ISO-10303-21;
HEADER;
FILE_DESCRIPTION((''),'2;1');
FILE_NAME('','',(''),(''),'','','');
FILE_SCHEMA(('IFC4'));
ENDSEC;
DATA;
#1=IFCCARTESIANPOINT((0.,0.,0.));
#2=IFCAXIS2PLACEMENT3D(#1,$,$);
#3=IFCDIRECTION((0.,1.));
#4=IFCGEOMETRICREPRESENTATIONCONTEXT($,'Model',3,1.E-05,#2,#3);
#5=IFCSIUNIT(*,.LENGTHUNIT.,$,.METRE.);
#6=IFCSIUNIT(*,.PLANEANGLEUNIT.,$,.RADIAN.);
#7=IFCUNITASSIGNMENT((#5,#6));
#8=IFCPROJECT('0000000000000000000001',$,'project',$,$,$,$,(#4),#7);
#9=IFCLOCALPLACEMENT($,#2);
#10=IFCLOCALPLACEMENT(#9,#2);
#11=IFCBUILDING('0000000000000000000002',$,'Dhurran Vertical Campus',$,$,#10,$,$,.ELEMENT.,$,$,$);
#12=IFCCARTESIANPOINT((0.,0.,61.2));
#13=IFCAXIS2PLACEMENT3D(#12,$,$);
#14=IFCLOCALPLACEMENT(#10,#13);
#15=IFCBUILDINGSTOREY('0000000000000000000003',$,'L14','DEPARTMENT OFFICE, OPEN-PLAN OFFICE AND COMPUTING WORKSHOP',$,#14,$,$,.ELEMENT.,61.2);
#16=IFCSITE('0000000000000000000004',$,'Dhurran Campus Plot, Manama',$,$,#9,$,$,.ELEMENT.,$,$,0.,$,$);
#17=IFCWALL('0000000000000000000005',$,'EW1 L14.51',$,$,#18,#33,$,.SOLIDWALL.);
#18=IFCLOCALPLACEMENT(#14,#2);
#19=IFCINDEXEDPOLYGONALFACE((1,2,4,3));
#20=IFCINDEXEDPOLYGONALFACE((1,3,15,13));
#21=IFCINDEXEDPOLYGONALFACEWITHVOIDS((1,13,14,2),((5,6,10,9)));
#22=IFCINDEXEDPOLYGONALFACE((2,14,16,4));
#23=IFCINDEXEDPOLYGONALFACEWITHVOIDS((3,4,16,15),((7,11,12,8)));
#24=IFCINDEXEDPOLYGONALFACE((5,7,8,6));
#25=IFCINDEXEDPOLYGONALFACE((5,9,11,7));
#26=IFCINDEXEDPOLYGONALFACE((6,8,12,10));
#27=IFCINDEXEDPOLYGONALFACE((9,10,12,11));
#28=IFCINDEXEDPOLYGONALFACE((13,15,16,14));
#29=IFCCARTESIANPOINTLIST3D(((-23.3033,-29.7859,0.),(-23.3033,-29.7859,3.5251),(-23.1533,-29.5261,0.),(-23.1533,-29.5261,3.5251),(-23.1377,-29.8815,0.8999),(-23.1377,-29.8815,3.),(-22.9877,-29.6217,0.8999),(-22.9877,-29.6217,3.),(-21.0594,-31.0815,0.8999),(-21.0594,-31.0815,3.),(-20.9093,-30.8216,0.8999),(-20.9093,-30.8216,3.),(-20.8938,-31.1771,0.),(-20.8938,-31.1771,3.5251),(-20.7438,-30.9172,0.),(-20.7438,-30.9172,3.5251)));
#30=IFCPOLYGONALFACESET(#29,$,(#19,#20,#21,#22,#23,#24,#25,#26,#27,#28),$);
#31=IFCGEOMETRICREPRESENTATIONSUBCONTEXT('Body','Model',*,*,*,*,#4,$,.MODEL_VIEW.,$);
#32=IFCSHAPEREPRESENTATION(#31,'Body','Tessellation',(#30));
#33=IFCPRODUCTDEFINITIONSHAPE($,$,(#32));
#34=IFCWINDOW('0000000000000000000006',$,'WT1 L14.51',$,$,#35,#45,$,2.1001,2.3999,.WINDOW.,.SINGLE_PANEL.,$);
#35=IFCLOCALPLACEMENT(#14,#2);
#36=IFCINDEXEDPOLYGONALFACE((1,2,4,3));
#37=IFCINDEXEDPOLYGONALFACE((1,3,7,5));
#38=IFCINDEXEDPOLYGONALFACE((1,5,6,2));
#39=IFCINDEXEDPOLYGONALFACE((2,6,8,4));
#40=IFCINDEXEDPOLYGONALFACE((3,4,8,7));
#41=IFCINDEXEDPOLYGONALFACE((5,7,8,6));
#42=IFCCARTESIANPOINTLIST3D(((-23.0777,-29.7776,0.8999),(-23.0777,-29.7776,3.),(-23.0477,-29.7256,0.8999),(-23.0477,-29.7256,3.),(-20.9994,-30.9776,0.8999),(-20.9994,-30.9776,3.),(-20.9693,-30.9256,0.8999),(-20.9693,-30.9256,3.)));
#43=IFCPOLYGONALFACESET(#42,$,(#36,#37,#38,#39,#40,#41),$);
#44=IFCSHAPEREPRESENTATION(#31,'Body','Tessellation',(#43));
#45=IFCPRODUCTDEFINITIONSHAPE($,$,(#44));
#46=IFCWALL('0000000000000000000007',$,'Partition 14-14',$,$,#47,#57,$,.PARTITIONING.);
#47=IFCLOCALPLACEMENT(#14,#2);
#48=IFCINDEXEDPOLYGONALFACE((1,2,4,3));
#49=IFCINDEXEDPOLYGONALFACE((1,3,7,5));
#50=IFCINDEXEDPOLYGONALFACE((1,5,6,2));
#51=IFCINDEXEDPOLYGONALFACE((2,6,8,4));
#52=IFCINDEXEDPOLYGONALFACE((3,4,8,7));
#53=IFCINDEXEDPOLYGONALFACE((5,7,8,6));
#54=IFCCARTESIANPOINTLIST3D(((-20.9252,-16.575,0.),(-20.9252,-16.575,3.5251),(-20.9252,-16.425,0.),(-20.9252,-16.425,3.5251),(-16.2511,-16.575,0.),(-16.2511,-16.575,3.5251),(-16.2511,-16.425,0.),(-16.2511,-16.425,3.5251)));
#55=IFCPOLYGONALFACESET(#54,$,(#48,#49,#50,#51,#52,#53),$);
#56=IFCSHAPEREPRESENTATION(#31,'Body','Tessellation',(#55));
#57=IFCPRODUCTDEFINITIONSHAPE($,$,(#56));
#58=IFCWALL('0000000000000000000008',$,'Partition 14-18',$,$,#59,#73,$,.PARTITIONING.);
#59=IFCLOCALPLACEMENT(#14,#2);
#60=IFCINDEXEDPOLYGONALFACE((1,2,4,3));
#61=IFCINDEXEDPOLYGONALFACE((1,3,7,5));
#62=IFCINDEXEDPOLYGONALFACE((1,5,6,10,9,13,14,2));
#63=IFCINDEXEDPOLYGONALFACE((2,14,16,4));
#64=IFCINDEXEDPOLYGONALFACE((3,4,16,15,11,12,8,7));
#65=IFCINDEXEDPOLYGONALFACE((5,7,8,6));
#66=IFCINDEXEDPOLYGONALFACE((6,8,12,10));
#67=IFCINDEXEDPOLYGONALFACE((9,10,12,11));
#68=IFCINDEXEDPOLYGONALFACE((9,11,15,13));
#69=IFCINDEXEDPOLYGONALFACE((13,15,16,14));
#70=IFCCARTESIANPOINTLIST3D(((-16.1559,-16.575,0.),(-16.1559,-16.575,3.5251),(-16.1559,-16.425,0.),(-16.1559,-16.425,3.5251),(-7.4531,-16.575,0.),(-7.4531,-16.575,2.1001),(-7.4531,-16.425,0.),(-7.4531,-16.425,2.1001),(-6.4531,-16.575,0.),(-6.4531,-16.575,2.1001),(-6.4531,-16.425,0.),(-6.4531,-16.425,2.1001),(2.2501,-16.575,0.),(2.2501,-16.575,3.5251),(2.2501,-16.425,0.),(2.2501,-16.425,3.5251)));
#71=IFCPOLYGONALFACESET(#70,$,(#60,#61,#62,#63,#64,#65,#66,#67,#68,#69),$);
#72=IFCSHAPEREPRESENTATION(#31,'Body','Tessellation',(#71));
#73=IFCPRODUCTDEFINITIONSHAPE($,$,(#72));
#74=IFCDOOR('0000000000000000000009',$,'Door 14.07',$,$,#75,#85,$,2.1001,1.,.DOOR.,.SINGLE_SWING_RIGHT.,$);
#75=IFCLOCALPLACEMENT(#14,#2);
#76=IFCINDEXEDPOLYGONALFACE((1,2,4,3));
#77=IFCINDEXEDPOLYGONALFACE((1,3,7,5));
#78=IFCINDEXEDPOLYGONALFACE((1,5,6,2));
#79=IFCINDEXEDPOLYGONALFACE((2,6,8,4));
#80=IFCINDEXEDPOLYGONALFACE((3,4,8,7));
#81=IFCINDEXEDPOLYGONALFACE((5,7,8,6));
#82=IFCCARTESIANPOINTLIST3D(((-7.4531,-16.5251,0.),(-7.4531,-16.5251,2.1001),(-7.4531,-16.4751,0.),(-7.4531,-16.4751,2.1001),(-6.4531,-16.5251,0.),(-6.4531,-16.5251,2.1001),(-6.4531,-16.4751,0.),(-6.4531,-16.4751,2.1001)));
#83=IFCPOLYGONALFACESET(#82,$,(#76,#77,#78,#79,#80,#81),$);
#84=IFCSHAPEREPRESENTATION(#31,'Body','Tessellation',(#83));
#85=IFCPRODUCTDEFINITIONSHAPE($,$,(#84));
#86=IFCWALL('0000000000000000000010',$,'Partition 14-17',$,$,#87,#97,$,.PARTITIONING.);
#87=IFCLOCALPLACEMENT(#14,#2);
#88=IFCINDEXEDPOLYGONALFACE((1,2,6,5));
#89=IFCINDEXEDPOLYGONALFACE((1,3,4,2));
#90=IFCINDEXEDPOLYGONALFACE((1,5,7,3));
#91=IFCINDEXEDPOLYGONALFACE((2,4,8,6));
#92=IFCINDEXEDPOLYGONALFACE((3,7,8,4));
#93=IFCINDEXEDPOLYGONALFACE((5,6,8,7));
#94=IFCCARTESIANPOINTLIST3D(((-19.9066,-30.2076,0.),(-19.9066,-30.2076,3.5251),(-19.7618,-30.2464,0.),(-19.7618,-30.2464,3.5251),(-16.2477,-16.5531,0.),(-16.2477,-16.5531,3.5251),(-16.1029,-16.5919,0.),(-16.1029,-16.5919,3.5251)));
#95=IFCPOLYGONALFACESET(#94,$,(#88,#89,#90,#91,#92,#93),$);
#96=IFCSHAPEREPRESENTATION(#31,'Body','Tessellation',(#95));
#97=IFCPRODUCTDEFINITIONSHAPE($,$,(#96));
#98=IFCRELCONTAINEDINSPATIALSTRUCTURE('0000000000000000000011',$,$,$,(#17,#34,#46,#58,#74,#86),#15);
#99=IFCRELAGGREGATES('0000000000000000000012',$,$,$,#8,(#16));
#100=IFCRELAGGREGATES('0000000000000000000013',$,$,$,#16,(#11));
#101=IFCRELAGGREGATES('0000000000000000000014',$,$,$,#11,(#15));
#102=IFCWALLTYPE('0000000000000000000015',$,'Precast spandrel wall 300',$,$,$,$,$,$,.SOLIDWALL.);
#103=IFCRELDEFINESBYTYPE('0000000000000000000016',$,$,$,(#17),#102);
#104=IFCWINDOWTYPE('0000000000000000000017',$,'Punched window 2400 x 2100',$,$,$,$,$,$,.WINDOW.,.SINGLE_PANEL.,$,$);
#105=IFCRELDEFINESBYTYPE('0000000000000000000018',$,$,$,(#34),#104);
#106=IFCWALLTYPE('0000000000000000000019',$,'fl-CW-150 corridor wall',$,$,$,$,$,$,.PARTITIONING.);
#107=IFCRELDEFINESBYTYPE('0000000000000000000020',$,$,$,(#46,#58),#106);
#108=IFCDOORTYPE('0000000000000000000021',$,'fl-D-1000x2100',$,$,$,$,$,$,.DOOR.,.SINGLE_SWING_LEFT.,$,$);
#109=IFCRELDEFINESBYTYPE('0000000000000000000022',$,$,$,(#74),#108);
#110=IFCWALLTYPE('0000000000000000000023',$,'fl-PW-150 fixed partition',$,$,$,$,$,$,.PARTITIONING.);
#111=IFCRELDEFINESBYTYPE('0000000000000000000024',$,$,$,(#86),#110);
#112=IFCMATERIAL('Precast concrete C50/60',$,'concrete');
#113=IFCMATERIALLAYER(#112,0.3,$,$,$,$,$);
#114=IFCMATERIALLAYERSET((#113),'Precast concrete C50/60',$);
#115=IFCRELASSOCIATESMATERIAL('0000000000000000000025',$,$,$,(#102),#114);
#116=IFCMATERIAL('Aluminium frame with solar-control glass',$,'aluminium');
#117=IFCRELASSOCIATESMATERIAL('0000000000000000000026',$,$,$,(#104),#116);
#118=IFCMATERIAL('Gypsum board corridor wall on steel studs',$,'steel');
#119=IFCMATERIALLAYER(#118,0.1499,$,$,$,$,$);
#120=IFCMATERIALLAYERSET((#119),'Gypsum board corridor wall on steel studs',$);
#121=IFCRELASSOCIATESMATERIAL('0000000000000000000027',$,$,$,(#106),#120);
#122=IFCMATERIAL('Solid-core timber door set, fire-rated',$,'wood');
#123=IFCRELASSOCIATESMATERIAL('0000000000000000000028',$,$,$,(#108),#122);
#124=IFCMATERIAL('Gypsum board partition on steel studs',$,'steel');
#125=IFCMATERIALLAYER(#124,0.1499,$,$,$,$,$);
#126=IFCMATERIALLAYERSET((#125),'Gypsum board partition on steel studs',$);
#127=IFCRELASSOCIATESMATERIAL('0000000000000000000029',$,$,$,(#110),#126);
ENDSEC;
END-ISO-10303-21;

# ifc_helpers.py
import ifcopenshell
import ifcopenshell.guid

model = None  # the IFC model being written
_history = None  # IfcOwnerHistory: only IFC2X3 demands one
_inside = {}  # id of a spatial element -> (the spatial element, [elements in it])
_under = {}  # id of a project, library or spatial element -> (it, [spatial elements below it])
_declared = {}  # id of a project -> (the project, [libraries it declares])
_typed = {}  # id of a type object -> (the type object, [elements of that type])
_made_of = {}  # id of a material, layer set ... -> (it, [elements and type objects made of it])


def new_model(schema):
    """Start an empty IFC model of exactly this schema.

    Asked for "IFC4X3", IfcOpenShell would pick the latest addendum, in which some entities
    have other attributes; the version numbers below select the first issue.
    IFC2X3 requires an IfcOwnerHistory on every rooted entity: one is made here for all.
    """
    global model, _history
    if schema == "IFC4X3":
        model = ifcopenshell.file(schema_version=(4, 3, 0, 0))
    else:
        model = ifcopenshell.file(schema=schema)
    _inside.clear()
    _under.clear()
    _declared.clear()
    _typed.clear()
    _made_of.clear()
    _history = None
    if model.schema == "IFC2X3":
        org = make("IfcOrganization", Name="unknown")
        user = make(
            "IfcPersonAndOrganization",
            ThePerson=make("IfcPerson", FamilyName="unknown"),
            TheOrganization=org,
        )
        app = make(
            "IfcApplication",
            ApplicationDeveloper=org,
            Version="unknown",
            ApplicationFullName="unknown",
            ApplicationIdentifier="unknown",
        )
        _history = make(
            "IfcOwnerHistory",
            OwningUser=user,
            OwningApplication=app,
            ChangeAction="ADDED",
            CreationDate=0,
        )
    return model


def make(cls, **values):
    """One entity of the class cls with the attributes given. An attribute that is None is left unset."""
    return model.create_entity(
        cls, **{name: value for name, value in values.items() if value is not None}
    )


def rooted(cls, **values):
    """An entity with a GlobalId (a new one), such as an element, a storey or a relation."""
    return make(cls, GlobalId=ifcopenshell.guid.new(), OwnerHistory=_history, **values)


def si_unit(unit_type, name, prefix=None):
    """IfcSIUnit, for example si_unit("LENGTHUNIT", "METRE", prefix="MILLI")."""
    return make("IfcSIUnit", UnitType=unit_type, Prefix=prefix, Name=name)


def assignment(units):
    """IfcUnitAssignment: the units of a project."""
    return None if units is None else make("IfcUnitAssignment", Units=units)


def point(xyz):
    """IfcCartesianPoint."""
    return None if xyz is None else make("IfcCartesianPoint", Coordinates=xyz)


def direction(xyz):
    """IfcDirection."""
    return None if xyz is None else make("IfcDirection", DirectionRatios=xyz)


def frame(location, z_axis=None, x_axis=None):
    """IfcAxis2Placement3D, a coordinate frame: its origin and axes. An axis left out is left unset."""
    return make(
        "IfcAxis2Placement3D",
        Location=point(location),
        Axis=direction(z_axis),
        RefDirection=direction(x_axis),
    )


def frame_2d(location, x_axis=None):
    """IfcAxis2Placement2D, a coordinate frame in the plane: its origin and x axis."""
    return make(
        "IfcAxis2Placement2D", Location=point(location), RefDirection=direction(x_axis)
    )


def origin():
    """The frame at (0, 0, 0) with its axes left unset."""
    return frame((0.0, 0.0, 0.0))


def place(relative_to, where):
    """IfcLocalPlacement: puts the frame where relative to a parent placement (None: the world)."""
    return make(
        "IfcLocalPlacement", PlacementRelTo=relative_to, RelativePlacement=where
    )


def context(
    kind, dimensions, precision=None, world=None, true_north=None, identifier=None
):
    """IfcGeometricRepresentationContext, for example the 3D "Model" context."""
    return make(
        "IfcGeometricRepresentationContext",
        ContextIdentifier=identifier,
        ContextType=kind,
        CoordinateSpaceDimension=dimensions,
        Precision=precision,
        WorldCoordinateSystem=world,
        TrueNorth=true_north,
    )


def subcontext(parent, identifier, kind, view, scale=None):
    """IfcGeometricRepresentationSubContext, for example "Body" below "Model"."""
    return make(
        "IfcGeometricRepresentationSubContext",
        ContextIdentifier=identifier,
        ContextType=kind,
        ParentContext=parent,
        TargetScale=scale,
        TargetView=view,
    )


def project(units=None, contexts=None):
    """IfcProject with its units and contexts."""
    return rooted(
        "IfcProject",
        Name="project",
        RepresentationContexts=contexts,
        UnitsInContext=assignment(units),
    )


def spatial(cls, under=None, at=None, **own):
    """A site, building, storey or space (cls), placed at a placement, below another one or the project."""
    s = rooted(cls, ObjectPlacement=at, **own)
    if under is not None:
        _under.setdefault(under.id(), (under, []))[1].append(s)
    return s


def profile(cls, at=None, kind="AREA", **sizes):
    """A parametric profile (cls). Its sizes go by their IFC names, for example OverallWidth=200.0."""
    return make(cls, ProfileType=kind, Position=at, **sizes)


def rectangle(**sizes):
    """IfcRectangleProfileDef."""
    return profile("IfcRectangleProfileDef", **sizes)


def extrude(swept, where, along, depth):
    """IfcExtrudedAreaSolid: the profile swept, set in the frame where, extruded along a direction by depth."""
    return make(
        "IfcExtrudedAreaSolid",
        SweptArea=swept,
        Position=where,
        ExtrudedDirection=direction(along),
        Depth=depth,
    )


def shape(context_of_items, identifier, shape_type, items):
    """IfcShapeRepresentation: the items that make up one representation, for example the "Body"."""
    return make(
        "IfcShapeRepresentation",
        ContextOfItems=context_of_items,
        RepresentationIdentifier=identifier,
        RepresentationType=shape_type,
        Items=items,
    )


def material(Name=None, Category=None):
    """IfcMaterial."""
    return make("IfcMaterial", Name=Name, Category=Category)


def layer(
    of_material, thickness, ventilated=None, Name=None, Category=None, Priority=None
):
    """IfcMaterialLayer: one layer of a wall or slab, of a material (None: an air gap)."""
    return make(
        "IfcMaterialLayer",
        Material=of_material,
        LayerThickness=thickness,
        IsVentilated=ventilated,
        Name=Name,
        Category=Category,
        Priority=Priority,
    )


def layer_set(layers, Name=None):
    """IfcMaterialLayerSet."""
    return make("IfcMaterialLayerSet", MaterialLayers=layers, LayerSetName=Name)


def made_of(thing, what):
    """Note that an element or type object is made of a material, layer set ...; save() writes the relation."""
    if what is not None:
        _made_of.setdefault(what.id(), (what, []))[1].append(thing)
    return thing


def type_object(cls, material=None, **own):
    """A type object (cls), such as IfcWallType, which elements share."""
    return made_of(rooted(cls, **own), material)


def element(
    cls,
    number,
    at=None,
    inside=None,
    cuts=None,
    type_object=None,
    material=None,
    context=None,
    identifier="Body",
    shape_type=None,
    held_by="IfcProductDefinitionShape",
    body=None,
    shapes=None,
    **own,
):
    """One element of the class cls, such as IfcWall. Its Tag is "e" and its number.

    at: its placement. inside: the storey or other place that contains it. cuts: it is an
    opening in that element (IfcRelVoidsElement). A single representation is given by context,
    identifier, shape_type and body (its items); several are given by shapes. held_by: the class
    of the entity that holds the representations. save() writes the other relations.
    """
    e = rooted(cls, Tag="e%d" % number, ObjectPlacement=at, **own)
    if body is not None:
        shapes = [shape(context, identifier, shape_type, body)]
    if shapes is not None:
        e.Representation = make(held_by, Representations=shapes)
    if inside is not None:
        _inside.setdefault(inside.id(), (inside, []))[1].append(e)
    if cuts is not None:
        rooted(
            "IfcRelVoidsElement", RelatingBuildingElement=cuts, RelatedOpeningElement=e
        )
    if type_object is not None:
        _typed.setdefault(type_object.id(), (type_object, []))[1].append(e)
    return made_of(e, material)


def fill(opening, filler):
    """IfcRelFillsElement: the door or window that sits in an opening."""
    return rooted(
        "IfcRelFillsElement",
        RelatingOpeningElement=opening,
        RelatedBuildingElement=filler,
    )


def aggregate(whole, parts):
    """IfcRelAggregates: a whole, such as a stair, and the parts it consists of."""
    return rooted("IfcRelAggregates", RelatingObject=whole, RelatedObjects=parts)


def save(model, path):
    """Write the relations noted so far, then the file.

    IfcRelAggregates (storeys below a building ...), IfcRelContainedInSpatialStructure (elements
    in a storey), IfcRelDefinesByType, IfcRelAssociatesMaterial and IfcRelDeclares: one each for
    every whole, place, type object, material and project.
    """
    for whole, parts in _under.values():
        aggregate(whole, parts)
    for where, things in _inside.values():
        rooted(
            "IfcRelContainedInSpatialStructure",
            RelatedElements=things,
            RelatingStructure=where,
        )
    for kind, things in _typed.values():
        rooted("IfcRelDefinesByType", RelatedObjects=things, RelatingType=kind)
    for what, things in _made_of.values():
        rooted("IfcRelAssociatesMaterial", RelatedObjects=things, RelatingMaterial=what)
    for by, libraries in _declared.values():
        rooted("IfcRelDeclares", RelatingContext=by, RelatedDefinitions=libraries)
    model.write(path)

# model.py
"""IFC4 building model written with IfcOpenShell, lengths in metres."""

from ifc_helpers import new_model, si_unit, direction, frame, frame_2d, origin, place, context, subcontext, project, spatial, rectangle, extrude, material, layer, layer_set, type_object, element, fill, save


model = new_model("IFC4")

# Units and contexts
model_context = context("Model", 3, precision=1e-05, world=origin(), true_north=direction((0.0, 1.0)))
body_context = subcontext(model_context, "Body", "Model", "MODEL_VIEW")
ifc_project = project(units=[si_unit("LENGTHUNIT", "METRE"), si_unit("PLANEANGLEUNIT", "RADIAN")], contexts=[model_context])

# Site, building, storey
site_placement = place(None, origin())
site = spatial("IfcSite", under=ifc_project, at=site_placement, Name="Dhurran Campus Plot, Manama", CompositionType="ELEMENT", RefElevation=0.0)
building_placement = place(site_placement, origin())
building = spatial("IfcBuilding", under=site, at=building_placement, Name="Dhurran Vertical Campus", CompositionType="ELEMENT")
storey_placement = place(building_placement, frame((0.0, 0.0, 61.2)))
storey = spatial("IfcBuildingStorey", under=building, at=storey_placement, Name="L14", Description="DEPARTMENT OFFICE, OPEN-PLAN OFFICE AND COMPUTING WORKSHOP", CompositionType="ELEMENT", Elevation=61.2)

# Wall, opening, window
ifc_material_1 = material(Name="Precast concrete C50/60", Category="concrete")
ifc_layer_1 = layer(ifc_material_1, 0.3)
ifc_layer_set_1 = layer_set([ifc_layer_1], Name="Precast concrete C50/60")
wall_type_1 = type_object("IfcWallType", Name="Precast spandrel wall 300", PredefinedType="SOLIDWALL", material=ifc_layer_set_1)
ifc_material_2 = material(Name="Aluminium frame with solar-control glass", Category="aluminium")
window_type = type_object("IfcWindowType", Name="Punched window 2400 x 2100", PartitioningType="SINGLE_PANEL", PredefinedType="WINDOW", material=ifc_material_2)
wall_1_placement = place(storey_placement, frame((-23.2283, -29.656, 0.0), z_axis=(0.0, 0.0, 1.0), x_axis=(0.86602, -0.500009, 0.0)))
wall_1 = element("IfcWall", 1, at=wall_1_placement, inside=storey, type_object=wall_type_1, Name="EW1 L14.51", PredefinedType="SOLIDWALL", context=body_context, shape_type="SweptSolid", body=[
    extrude(rectangle(XDim=2.7822, YDim=0.3, at=frame_2d((1.3911, 0.0))), origin(), (0.0, 0.0, 1.0), 3.5251),
])
opening_1_placement = place(wall_1_placement, frame((0.1912, 0.0, 0.8999)))
opening_1 = element("IfcOpeningElement", 2, at=opening_1_placement, cuts=wall_1, PredefinedType="OPENING", context=body_context, shape_type="SweptSolid", body=[
    extrude(rectangle(XDim=2.3999, YDim=2.1001, at=frame_2d((1.2, 1.05))), frame((0.0, 0.1599, 0.0), z_axis=(0.0, -1.0, 0.0), x_axis=(1.0, 0.0, 0.0)), (0.0, 0.0, 1.0), 0.3201),
])
window_1_placement = place(opening_1_placement, origin())
window_1 = element("IfcWindow", 3, at=window_1_placement, inside=storey, type_object=window_type, Name="WT1 L14.51", OverallHeight=2.1001, OverallWidth=2.3999, PartitioningType="SINGLE_PANEL", PredefinedType="WINDOW", context=body_context, shape_type="SweptSolid", body=[
    extrude(rectangle(XDim=2.3999, YDim=2.1001, at=frame_2d((1.2, 1.05))), frame((0.0, 0.03, 0.0), z_axis=(0.0, -1.0, 0.0), x_axis=(1.0, 0.0, 0.0)), (0.0, 0.0, 1.0), 0.0601),
])
fill(opening_1, window_1)

# Wall
ifc_material_3 = material(Name="Gypsum board corridor wall on steel studs", Category="steel")
ifc_layer_2 = layer(ifc_material_3, 0.1499)
ifc_layer_set_2 = layer_set([ifc_layer_2], Name="Gypsum board corridor wall on steel studs")
wall_type_2 = type_object("IfcWallType", Name="fl-CW-150 corridor wall", PredefinedType="PARTITIONING", material=ifc_layer_set_2)
wall_2_placement = place(storey_placement, frame((-20.925, -16.5, 0.0), z_axis=(0.0, 0.0, 1.0), x_axis=(1.0, 0.0, 0.0)))
element("IfcWall", 4, at=wall_2_placement, inside=storey, type_object=wall_type_2, Name="Partition 14-14", PredefinedType="PARTITIONING", context=body_context, shape_type="SweptSolid", body=[
    extrude(rectangle(XDim=4.6741, YDim=0.1499, at=frame_2d((2.3369, 0.0))), origin(), (0.0, 0.0, 1.0), 3.5251),
])

# Wall, opening, door
wall_3_placement = place(storey_placement, frame((-16.156, -16.5, 0.0), z_axis=(0.0, 0.0, 1.0), x_axis=(1.0, 0.0, 0.0)))
wall_3 = element("IfcWall", 5, at=wall_3_placement, inside=storey, type_object=wall_type_2, Name="Partition 14-18", PredefinedType="PARTITIONING", context=body_context, shape_type="SweptSolid", body=[
    extrude(rectangle(XDim=18.406, YDim=0.1499, at=frame_2d((9.2031, 0.0))), origin(), (0.0, 0.0, 1.0), 3.5251),
])
opening_2_placement = place(wall_3_placement, frame((8.7029, 0.0, 0.0)))
opening_2 = element("IfcOpeningElement", 6, at=opening_2_placement, cuts=wall_3, PredefinedType="OPENING", context=body_context, shape_type="SweptSolid", body=[
    extrude(rectangle(XDim=1.0, YDim=2.1001, at=frame_2d((0.5, 1.05))), frame((0.0, 0.085, 0.0), z_axis=(0.0, -1.0, 0.0), x_axis=(1.0, 0.0, 0.0)), (0.0, 0.0, 1.0), 0.1699),
])
ifc_material_4 = material(Name="Solid-core timber door set, fire-rated", Category="wood")
door_type = type_object("IfcDoorType", Name="fl-D-1000x2100", OperationType="SINGLE_SWING_LEFT", PredefinedType="DOOR", material=ifc_material_4)
door_placement = place(opening_2_placement, origin())
door = element("IfcDoor", 7, at=door_placement, inside=storey, type_object=door_type, Name="Door 14.07", OperationType="SINGLE_SWING_RIGHT", OverallHeight=2.1001, OverallWidth=1.0, PredefinedType="DOOR", context=body_context, shape_type="SweptSolid", body=[
    extrude(rectangle(XDim=1.0, YDim=2.1001, at=frame_2d((0.5, 1.05))), frame((0.0, 0.0249, 0.0), z_axis=(0.0, -1.0, 0.0), x_axis=(1.0, 0.0, 0.0)), (0.0, 0.0, 1.0), 0.05),
])
fill(opening_2, door)

# Wall
ifc_material_5 = material(Name="Gypsum board partition on steel studs", Category="steel")
ifc_layer_3 = layer(ifc_material_5, 0.1499)
ifc_layer_set_3 = layer_set([ifc_layer_3], Name="Gypsum board partition on steel studs")
wall_type_3 = type_object("IfcWallType", Name="fl-PW-150 fixed partition", PredefinedType="PARTITIONING", material=ifc_layer_set_3)
wall_4_placement = place(storey_placement, frame((-16.1753, -16.5725, 0.0), z_axis=(0.0, 0.0, 1.0), x_axis=(-0.258833, -0.965922, 0.0)))
element("IfcWall", 8, at=wall_4_placement, inside=storey, type_object=wall_type_3, Name="Partition 14-17", PredefinedType="PARTITIONING", context=body_context, shape_type="SweptSolid", body=[
    extrude(rectangle(XDim=14.1362, YDim=0.1499, at=frame_2d((7.0681, 0.0))), origin(), (0.0, 0.0, 1.0), 3.5251),
])

save(model, "model.ifc")
